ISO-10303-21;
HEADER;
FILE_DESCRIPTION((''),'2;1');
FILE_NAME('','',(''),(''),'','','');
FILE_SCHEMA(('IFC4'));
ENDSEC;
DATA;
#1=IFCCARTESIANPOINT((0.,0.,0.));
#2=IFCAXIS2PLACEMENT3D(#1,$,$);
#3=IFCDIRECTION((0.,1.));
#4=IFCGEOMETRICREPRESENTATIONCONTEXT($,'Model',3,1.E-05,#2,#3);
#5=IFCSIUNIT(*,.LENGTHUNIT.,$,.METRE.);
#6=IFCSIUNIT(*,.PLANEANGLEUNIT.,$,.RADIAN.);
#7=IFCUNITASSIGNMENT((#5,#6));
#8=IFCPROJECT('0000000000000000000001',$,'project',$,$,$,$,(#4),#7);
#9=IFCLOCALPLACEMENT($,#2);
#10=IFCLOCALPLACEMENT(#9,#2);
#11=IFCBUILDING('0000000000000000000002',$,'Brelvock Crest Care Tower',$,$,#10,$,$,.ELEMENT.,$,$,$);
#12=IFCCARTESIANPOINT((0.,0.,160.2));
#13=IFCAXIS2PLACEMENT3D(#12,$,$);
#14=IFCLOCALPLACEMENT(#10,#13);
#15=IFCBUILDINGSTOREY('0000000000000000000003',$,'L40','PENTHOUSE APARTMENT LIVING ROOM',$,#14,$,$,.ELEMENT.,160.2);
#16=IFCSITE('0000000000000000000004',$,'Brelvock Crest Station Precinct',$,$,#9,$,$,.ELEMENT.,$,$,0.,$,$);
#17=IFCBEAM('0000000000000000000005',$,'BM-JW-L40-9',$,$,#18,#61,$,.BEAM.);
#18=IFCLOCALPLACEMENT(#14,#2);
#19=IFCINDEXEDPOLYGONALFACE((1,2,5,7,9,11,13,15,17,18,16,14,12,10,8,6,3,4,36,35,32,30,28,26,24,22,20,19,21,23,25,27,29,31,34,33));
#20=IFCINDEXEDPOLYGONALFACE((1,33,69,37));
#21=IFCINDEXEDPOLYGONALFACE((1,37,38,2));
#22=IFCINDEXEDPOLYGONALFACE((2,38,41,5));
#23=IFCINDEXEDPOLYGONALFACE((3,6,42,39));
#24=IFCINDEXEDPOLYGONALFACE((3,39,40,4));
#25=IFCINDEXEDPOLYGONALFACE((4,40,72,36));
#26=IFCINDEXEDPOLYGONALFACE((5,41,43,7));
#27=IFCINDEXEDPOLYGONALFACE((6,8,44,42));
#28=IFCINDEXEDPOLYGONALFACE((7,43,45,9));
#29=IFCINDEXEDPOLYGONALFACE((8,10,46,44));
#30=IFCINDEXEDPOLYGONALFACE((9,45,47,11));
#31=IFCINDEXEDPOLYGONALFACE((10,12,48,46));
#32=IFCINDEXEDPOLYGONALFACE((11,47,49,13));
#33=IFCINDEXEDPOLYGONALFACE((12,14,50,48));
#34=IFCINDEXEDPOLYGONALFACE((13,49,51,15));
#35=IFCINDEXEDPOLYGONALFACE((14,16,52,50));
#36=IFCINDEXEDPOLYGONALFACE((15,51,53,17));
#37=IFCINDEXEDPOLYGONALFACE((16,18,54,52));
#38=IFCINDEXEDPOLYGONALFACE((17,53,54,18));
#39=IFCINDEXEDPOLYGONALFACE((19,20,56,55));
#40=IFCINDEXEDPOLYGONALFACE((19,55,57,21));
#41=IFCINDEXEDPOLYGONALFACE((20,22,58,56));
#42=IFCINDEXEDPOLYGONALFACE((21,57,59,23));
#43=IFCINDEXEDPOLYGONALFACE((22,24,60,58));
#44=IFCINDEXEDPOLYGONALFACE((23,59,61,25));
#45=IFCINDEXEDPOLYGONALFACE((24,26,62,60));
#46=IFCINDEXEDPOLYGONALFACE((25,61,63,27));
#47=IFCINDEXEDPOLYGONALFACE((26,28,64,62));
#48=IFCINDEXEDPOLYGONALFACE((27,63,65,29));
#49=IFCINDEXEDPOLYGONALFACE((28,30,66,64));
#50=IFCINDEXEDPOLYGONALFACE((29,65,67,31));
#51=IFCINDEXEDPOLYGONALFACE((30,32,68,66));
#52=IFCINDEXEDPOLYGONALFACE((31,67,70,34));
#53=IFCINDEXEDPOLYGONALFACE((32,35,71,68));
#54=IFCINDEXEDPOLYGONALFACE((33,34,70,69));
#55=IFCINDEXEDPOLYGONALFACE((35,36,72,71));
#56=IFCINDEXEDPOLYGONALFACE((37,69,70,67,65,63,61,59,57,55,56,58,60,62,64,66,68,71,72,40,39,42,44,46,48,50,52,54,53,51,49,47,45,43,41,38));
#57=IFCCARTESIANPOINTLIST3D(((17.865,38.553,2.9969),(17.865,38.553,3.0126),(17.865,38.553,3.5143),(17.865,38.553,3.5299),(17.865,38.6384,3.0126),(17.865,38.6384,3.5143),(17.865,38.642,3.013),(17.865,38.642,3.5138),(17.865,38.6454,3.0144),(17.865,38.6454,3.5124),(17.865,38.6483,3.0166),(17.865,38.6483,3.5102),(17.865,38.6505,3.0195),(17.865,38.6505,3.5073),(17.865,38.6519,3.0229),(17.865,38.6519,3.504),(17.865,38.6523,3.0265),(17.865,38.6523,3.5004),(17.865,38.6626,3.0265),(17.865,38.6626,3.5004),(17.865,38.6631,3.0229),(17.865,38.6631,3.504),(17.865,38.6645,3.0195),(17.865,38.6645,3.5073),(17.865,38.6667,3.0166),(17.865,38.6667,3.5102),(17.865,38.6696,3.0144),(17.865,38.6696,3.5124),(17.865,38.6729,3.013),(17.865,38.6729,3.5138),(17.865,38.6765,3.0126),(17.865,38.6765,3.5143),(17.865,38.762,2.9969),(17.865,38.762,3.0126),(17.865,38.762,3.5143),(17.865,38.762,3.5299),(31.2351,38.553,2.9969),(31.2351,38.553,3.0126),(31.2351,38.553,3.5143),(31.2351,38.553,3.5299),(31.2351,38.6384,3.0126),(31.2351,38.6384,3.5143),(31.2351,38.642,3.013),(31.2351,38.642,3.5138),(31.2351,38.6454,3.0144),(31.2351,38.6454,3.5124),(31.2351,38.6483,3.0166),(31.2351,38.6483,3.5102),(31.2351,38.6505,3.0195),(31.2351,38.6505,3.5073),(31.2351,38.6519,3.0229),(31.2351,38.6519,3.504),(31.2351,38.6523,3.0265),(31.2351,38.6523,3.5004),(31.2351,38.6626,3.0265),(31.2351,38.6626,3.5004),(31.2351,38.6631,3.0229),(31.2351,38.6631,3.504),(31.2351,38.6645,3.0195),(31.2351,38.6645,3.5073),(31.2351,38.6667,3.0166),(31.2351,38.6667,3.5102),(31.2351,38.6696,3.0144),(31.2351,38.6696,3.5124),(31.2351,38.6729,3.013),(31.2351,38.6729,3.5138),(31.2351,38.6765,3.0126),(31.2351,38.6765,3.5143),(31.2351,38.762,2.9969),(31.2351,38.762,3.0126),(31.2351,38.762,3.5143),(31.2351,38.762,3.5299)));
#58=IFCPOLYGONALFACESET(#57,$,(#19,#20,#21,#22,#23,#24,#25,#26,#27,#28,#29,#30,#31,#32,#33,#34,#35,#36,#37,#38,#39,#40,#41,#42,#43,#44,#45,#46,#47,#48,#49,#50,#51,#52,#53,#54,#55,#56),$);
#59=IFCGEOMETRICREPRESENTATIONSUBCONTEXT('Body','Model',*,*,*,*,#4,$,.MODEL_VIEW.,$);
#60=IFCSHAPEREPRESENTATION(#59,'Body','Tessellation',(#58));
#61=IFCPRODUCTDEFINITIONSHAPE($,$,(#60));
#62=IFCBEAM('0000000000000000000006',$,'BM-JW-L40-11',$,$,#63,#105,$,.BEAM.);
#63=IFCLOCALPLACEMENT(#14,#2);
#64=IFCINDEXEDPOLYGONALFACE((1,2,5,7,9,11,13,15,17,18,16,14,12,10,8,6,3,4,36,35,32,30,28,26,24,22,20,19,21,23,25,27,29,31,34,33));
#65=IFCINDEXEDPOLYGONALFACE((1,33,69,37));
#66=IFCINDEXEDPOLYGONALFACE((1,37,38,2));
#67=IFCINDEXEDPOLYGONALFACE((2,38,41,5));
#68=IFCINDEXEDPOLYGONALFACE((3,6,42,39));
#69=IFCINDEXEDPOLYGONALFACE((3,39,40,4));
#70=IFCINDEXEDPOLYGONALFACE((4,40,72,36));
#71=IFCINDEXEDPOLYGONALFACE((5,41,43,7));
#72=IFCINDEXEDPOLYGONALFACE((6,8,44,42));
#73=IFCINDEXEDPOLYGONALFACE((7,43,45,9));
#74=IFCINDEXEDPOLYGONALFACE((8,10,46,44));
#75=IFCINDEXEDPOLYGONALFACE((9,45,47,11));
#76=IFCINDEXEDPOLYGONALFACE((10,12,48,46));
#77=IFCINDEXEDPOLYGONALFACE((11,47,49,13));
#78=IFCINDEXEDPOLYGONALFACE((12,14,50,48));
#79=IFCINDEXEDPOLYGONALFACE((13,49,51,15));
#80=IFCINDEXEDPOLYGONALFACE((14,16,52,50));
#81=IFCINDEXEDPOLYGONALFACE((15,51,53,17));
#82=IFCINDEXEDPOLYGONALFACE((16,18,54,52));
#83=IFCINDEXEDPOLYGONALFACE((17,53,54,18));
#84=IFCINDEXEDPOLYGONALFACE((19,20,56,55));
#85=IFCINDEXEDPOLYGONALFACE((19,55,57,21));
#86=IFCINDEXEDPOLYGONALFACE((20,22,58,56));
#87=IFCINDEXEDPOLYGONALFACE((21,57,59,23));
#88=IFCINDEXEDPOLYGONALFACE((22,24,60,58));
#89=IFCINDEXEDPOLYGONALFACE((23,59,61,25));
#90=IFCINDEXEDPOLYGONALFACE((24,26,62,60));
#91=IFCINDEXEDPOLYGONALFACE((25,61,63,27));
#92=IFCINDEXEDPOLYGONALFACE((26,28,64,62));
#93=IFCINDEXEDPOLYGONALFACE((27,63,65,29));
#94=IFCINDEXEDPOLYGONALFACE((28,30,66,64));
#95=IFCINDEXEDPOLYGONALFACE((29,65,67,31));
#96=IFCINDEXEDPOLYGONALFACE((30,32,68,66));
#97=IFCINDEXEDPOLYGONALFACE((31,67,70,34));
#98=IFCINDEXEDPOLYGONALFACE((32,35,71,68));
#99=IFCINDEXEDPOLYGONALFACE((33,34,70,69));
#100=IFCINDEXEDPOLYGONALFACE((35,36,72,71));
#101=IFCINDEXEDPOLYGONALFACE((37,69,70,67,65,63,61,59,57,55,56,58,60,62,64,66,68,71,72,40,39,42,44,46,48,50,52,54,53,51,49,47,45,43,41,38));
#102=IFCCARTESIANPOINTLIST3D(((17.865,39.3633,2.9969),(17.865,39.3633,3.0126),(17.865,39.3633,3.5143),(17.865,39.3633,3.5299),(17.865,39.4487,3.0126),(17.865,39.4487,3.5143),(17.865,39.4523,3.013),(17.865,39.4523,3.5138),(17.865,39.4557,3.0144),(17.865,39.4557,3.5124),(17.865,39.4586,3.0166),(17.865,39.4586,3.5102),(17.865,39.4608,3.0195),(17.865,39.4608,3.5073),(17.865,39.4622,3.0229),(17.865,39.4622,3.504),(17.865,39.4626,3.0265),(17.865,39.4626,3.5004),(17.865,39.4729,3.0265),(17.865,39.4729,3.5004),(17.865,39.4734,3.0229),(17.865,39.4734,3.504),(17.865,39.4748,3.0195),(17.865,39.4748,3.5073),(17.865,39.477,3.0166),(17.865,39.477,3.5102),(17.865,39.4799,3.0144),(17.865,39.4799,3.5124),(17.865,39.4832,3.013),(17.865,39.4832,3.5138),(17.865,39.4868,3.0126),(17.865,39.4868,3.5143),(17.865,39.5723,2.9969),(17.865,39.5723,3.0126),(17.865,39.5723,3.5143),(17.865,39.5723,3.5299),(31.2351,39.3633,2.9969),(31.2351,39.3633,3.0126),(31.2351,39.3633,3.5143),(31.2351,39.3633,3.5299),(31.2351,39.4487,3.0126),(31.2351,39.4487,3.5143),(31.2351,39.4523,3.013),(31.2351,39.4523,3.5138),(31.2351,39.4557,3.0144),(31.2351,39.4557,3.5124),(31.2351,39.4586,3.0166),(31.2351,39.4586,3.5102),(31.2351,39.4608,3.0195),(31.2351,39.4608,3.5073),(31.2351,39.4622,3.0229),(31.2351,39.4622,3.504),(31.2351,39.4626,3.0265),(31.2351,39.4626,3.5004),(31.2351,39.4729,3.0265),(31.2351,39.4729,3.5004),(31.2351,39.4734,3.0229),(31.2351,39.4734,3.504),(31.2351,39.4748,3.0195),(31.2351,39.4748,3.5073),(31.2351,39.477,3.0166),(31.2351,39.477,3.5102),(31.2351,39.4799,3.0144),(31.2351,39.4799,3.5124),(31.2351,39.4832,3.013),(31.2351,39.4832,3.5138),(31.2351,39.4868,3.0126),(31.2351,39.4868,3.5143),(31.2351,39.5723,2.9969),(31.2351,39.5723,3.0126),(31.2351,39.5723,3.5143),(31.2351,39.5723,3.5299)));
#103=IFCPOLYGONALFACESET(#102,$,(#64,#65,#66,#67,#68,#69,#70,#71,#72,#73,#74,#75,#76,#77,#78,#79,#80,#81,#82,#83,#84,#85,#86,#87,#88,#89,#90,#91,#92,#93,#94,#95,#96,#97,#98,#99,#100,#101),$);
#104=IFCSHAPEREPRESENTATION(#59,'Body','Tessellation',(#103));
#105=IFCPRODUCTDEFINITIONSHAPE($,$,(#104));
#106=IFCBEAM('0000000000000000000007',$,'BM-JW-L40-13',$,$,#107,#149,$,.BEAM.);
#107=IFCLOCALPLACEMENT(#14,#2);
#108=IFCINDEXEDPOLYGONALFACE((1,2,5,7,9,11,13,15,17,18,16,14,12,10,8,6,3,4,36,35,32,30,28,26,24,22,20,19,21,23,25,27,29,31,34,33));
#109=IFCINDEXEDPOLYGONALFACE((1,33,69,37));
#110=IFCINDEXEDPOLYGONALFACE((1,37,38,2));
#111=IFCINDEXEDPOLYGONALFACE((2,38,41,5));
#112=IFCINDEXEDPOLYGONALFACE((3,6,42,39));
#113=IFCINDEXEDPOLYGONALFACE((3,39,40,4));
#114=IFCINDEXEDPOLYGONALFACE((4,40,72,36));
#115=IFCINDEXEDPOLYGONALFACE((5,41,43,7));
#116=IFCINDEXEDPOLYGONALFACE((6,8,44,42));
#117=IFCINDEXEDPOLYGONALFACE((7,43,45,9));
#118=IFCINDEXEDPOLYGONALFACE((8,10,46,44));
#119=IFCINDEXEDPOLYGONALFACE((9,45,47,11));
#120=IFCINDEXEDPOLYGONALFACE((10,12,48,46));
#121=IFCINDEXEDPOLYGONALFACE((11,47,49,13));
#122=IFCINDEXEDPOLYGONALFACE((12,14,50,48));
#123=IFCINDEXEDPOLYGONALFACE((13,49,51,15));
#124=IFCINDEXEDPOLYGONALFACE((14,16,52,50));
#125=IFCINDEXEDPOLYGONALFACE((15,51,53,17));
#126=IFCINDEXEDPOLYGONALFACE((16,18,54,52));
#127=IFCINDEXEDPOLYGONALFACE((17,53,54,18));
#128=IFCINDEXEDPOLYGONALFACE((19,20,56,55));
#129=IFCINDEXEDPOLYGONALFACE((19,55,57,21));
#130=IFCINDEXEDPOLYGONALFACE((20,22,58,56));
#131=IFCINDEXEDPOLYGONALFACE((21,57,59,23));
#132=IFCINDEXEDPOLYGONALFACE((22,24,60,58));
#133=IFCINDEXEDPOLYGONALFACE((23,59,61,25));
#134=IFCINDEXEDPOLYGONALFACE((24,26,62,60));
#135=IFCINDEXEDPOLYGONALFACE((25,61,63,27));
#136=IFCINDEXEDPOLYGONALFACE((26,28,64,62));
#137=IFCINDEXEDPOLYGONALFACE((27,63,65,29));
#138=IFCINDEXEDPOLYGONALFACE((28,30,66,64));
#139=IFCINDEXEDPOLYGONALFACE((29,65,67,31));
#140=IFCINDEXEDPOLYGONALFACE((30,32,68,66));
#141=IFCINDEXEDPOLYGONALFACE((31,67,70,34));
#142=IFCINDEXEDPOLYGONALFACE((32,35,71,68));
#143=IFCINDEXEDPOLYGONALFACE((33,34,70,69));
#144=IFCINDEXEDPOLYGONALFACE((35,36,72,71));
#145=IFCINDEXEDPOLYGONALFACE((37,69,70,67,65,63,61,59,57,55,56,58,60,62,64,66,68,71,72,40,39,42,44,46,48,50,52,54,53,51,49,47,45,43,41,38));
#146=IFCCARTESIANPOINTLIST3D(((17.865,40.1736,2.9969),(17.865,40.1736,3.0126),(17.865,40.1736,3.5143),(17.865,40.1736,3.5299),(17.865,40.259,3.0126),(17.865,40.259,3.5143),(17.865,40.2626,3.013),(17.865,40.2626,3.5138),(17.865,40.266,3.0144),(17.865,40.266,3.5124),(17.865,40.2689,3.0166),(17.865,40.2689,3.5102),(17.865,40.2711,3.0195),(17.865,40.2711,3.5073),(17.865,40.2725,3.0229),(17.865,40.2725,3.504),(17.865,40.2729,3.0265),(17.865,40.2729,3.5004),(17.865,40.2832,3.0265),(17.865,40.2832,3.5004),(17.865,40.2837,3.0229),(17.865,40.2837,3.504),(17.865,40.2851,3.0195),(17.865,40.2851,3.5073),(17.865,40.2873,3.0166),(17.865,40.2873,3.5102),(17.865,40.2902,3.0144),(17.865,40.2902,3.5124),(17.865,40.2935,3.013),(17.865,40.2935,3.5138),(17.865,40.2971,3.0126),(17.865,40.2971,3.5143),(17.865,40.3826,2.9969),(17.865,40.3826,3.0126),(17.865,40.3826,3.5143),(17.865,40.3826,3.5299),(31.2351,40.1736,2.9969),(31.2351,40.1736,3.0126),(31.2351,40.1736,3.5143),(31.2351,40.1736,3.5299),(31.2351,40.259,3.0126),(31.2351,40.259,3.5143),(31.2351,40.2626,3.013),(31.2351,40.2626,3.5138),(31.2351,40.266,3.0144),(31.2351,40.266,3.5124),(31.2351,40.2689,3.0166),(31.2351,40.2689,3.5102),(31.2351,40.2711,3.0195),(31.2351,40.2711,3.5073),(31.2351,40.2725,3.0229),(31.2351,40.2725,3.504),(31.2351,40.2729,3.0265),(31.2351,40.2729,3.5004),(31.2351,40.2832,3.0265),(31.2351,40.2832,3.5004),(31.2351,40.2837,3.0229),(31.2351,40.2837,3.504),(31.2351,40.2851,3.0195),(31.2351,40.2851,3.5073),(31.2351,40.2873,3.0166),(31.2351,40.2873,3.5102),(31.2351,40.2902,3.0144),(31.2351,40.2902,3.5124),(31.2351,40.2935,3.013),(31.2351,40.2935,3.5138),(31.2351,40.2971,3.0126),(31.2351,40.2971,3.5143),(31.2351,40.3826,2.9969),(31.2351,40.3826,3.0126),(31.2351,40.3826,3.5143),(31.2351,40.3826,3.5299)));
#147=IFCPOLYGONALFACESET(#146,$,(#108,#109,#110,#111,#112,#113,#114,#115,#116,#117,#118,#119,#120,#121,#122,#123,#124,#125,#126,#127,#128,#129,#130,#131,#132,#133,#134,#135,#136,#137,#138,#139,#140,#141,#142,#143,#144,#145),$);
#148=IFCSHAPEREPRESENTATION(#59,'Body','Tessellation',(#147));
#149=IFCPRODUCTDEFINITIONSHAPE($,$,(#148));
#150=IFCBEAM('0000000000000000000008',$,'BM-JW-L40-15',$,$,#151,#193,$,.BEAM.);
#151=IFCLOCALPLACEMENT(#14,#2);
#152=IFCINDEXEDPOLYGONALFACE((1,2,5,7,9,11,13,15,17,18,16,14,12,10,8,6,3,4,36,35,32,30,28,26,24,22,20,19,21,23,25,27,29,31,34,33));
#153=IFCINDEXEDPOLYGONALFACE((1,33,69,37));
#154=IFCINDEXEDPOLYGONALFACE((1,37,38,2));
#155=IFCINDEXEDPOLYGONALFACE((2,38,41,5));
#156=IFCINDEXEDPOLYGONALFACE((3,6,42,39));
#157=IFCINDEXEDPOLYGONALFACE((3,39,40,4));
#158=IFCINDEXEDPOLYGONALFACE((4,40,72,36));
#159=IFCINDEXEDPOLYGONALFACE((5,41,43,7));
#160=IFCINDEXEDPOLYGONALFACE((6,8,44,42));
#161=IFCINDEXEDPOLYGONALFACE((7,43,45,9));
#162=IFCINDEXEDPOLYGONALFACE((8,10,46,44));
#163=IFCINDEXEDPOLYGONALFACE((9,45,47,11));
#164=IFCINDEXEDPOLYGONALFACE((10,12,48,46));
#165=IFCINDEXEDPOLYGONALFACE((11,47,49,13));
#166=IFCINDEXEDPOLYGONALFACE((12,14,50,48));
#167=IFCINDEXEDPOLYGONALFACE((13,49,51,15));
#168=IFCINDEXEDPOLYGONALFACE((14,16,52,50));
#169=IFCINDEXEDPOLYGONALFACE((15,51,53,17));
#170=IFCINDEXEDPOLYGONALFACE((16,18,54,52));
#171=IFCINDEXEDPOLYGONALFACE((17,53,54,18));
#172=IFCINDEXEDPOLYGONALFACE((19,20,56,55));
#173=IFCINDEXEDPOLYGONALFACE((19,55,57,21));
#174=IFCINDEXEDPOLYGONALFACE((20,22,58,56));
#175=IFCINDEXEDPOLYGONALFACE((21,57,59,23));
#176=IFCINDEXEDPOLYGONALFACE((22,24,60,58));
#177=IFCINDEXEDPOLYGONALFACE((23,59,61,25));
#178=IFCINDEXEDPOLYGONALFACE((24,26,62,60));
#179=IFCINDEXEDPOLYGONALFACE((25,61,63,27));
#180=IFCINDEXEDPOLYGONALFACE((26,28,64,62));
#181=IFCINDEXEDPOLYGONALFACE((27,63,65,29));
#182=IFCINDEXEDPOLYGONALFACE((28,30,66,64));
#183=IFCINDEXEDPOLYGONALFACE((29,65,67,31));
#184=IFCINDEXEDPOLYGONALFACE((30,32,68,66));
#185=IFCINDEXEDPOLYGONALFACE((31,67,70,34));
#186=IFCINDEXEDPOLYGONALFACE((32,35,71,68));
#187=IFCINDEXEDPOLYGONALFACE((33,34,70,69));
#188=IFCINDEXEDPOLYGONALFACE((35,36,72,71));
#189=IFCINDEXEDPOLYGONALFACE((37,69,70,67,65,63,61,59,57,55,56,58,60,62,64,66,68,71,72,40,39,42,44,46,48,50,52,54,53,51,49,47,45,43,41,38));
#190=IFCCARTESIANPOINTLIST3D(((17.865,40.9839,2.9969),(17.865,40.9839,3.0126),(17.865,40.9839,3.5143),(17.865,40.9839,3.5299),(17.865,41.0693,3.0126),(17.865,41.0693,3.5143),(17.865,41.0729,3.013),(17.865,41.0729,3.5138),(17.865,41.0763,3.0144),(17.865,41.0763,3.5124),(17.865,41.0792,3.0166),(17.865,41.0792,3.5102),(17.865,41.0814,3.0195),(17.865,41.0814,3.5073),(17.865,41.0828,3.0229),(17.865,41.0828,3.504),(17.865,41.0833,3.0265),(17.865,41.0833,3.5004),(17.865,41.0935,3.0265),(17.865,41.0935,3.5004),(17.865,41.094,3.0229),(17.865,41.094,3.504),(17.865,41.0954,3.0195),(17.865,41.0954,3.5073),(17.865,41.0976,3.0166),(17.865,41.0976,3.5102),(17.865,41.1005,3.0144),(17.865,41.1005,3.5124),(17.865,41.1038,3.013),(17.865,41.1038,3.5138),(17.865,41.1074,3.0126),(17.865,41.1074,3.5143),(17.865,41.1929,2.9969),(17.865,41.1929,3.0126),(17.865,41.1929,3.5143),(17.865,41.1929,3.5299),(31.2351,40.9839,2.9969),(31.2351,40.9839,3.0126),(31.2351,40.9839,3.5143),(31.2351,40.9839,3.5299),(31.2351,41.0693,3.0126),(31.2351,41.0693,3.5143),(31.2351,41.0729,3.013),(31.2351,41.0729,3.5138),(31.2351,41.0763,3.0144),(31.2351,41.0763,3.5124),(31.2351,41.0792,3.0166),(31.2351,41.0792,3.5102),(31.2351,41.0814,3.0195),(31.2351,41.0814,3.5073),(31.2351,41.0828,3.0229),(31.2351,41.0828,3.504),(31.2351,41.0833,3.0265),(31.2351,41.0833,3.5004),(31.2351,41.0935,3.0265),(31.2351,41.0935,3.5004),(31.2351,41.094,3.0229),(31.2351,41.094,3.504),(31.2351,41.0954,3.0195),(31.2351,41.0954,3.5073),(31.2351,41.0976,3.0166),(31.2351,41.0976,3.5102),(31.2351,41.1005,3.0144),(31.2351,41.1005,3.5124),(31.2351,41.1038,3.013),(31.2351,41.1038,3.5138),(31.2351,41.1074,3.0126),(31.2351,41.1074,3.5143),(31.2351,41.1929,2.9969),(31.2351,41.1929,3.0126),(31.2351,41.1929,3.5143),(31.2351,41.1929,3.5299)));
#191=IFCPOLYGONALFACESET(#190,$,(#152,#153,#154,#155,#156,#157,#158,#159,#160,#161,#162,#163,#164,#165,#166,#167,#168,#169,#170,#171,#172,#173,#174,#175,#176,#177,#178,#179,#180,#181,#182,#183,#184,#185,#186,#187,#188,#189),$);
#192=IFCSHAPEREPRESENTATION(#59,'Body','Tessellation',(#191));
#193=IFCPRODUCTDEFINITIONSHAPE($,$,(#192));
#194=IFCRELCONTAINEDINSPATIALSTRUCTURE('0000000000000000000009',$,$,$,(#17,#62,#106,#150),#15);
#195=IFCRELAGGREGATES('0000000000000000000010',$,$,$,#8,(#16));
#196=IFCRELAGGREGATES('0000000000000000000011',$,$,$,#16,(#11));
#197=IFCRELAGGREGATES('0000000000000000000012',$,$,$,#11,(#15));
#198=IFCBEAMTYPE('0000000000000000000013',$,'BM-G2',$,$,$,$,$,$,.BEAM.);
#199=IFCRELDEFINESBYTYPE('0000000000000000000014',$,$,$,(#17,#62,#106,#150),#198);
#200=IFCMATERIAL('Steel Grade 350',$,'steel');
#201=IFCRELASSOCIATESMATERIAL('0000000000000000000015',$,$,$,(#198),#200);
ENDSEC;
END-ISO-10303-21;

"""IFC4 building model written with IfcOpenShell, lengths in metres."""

from ifc_helpers import new_model, si_unit, direction, frame, origin, origin_2d, place, context, subcontext, project, spatial, i_section, extrude, source, transform, mapped, material, material_profile, profile_set, type_object, element, save


model = new_model("IFC4")

# Units and contexts
model_context = context("Model", 3, precision=1e-05, world=origin(), true_north=direction((0.0, 1.0)))
body_context = subcontext(model_context, "Body", "Model", "MODEL_VIEW")
ifc_project = project(units=[si_unit("LENGTHUNIT", "METRE"), si_unit("PLANEANGLEUNIT", "RADIAN")], contexts=[model_context])

# Site, building, storey
site_placement = place(None, origin())
site = spatial("IfcSite", under=ifc_project, at=site_placement, Name="Brelvock Crest Station Precinct", CompositionType="ELEMENT", RefElevation=0.0)
building_placement = place(site_placement, origin())
building = spatial("IfcBuilding", under=site, at=building_placement, Name="Brelvock Crest Care Tower", CompositionType="ELEMENT")
storey_placement = place(building_placement, frame((0.0, 0.0, 160.2)))
storey = spatial("IfcBuildingStorey", under=building, at=storey_placement, Name="L40", Description="PENTHOUSE APARTMENT LIVING ROOM", CompositionType="ELEMENT", Elevation=160.2)

# Shared definitions
ifc_material_1 = material(Name="Steel Grade 350", Category="steel")

# Beams
ifc_material_profile_1 = material_profile(ifc_material_1, i_section(OverallWidth=0.209, OverallDepth=0.533, WebThickness=0.0103, FlangeThickness=0.0156, FilletRadius=0.0139, at=origin_2d()), Name="530UB92.4")
ifc_profile_set_1 = profile_set([ifc_material_profile_1], Name="Steel Grade 350")
beam_type_1 = type_object("IfcBeamType", Name="BM-G2", PredefinedType="BEAM", material=ifc_profile_set_1)
shared_shape_1 = source(origin(), body_context, "Body", "SweptSolid", [
    extrude(i_section(OverallWidth=0.209, OverallDepth=0.533, WebThickness=0.0103, FlangeThickness=0.0156, FilletRadius=0.0139, at=origin_2d()), origin(), (0.0, 0.0, 1.0), 13.3701),
])
for number, where, z_axis, x_axis, name in (
    (1, (17.865, 38.6575, 3.2634), (1.0, 0.0, 0.0), (0.0, 1.0, 0.0), "BM-JW-L40-9"),
    (2, (17.865, 39.4678, 3.2634), (1.0, 0.0, 0.0), (0.0, 1.0, 0.0), "BM-JW-L40-11"),
    (3, (17.865, 40.2781, 3.2634), (1.0, 0.0, 0.0), (0.0, 1.0, 0.0), "BM-JW-L40-13"),
    (4, (17.865, 41.0884, 3.2634), (1.0, 0.0, 0.0), (0.0, 1.0, 0.0), "BM-JW-L40-15"),
):
    element("IfcBeam", number, at=place(storey_placement, frame(where, z_axis=z_axis, x_axis=x_axis)), inside=storey, type_object=beam_type_1, Name=name, PredefinedType="BEAM", context=body_context, shape_type="MappedRepresentation", body=[
        mapped(shared_shape_1, transform((0.0, 0.0, 0.0), x_axis=(1.0, 0.0, 0.0), y_axis=(0.0, 1.0, 0.0), z_axis=(0.0, 0.0, 1.0), scale=1.0)),
    ])

save(model, "model.ifc")
